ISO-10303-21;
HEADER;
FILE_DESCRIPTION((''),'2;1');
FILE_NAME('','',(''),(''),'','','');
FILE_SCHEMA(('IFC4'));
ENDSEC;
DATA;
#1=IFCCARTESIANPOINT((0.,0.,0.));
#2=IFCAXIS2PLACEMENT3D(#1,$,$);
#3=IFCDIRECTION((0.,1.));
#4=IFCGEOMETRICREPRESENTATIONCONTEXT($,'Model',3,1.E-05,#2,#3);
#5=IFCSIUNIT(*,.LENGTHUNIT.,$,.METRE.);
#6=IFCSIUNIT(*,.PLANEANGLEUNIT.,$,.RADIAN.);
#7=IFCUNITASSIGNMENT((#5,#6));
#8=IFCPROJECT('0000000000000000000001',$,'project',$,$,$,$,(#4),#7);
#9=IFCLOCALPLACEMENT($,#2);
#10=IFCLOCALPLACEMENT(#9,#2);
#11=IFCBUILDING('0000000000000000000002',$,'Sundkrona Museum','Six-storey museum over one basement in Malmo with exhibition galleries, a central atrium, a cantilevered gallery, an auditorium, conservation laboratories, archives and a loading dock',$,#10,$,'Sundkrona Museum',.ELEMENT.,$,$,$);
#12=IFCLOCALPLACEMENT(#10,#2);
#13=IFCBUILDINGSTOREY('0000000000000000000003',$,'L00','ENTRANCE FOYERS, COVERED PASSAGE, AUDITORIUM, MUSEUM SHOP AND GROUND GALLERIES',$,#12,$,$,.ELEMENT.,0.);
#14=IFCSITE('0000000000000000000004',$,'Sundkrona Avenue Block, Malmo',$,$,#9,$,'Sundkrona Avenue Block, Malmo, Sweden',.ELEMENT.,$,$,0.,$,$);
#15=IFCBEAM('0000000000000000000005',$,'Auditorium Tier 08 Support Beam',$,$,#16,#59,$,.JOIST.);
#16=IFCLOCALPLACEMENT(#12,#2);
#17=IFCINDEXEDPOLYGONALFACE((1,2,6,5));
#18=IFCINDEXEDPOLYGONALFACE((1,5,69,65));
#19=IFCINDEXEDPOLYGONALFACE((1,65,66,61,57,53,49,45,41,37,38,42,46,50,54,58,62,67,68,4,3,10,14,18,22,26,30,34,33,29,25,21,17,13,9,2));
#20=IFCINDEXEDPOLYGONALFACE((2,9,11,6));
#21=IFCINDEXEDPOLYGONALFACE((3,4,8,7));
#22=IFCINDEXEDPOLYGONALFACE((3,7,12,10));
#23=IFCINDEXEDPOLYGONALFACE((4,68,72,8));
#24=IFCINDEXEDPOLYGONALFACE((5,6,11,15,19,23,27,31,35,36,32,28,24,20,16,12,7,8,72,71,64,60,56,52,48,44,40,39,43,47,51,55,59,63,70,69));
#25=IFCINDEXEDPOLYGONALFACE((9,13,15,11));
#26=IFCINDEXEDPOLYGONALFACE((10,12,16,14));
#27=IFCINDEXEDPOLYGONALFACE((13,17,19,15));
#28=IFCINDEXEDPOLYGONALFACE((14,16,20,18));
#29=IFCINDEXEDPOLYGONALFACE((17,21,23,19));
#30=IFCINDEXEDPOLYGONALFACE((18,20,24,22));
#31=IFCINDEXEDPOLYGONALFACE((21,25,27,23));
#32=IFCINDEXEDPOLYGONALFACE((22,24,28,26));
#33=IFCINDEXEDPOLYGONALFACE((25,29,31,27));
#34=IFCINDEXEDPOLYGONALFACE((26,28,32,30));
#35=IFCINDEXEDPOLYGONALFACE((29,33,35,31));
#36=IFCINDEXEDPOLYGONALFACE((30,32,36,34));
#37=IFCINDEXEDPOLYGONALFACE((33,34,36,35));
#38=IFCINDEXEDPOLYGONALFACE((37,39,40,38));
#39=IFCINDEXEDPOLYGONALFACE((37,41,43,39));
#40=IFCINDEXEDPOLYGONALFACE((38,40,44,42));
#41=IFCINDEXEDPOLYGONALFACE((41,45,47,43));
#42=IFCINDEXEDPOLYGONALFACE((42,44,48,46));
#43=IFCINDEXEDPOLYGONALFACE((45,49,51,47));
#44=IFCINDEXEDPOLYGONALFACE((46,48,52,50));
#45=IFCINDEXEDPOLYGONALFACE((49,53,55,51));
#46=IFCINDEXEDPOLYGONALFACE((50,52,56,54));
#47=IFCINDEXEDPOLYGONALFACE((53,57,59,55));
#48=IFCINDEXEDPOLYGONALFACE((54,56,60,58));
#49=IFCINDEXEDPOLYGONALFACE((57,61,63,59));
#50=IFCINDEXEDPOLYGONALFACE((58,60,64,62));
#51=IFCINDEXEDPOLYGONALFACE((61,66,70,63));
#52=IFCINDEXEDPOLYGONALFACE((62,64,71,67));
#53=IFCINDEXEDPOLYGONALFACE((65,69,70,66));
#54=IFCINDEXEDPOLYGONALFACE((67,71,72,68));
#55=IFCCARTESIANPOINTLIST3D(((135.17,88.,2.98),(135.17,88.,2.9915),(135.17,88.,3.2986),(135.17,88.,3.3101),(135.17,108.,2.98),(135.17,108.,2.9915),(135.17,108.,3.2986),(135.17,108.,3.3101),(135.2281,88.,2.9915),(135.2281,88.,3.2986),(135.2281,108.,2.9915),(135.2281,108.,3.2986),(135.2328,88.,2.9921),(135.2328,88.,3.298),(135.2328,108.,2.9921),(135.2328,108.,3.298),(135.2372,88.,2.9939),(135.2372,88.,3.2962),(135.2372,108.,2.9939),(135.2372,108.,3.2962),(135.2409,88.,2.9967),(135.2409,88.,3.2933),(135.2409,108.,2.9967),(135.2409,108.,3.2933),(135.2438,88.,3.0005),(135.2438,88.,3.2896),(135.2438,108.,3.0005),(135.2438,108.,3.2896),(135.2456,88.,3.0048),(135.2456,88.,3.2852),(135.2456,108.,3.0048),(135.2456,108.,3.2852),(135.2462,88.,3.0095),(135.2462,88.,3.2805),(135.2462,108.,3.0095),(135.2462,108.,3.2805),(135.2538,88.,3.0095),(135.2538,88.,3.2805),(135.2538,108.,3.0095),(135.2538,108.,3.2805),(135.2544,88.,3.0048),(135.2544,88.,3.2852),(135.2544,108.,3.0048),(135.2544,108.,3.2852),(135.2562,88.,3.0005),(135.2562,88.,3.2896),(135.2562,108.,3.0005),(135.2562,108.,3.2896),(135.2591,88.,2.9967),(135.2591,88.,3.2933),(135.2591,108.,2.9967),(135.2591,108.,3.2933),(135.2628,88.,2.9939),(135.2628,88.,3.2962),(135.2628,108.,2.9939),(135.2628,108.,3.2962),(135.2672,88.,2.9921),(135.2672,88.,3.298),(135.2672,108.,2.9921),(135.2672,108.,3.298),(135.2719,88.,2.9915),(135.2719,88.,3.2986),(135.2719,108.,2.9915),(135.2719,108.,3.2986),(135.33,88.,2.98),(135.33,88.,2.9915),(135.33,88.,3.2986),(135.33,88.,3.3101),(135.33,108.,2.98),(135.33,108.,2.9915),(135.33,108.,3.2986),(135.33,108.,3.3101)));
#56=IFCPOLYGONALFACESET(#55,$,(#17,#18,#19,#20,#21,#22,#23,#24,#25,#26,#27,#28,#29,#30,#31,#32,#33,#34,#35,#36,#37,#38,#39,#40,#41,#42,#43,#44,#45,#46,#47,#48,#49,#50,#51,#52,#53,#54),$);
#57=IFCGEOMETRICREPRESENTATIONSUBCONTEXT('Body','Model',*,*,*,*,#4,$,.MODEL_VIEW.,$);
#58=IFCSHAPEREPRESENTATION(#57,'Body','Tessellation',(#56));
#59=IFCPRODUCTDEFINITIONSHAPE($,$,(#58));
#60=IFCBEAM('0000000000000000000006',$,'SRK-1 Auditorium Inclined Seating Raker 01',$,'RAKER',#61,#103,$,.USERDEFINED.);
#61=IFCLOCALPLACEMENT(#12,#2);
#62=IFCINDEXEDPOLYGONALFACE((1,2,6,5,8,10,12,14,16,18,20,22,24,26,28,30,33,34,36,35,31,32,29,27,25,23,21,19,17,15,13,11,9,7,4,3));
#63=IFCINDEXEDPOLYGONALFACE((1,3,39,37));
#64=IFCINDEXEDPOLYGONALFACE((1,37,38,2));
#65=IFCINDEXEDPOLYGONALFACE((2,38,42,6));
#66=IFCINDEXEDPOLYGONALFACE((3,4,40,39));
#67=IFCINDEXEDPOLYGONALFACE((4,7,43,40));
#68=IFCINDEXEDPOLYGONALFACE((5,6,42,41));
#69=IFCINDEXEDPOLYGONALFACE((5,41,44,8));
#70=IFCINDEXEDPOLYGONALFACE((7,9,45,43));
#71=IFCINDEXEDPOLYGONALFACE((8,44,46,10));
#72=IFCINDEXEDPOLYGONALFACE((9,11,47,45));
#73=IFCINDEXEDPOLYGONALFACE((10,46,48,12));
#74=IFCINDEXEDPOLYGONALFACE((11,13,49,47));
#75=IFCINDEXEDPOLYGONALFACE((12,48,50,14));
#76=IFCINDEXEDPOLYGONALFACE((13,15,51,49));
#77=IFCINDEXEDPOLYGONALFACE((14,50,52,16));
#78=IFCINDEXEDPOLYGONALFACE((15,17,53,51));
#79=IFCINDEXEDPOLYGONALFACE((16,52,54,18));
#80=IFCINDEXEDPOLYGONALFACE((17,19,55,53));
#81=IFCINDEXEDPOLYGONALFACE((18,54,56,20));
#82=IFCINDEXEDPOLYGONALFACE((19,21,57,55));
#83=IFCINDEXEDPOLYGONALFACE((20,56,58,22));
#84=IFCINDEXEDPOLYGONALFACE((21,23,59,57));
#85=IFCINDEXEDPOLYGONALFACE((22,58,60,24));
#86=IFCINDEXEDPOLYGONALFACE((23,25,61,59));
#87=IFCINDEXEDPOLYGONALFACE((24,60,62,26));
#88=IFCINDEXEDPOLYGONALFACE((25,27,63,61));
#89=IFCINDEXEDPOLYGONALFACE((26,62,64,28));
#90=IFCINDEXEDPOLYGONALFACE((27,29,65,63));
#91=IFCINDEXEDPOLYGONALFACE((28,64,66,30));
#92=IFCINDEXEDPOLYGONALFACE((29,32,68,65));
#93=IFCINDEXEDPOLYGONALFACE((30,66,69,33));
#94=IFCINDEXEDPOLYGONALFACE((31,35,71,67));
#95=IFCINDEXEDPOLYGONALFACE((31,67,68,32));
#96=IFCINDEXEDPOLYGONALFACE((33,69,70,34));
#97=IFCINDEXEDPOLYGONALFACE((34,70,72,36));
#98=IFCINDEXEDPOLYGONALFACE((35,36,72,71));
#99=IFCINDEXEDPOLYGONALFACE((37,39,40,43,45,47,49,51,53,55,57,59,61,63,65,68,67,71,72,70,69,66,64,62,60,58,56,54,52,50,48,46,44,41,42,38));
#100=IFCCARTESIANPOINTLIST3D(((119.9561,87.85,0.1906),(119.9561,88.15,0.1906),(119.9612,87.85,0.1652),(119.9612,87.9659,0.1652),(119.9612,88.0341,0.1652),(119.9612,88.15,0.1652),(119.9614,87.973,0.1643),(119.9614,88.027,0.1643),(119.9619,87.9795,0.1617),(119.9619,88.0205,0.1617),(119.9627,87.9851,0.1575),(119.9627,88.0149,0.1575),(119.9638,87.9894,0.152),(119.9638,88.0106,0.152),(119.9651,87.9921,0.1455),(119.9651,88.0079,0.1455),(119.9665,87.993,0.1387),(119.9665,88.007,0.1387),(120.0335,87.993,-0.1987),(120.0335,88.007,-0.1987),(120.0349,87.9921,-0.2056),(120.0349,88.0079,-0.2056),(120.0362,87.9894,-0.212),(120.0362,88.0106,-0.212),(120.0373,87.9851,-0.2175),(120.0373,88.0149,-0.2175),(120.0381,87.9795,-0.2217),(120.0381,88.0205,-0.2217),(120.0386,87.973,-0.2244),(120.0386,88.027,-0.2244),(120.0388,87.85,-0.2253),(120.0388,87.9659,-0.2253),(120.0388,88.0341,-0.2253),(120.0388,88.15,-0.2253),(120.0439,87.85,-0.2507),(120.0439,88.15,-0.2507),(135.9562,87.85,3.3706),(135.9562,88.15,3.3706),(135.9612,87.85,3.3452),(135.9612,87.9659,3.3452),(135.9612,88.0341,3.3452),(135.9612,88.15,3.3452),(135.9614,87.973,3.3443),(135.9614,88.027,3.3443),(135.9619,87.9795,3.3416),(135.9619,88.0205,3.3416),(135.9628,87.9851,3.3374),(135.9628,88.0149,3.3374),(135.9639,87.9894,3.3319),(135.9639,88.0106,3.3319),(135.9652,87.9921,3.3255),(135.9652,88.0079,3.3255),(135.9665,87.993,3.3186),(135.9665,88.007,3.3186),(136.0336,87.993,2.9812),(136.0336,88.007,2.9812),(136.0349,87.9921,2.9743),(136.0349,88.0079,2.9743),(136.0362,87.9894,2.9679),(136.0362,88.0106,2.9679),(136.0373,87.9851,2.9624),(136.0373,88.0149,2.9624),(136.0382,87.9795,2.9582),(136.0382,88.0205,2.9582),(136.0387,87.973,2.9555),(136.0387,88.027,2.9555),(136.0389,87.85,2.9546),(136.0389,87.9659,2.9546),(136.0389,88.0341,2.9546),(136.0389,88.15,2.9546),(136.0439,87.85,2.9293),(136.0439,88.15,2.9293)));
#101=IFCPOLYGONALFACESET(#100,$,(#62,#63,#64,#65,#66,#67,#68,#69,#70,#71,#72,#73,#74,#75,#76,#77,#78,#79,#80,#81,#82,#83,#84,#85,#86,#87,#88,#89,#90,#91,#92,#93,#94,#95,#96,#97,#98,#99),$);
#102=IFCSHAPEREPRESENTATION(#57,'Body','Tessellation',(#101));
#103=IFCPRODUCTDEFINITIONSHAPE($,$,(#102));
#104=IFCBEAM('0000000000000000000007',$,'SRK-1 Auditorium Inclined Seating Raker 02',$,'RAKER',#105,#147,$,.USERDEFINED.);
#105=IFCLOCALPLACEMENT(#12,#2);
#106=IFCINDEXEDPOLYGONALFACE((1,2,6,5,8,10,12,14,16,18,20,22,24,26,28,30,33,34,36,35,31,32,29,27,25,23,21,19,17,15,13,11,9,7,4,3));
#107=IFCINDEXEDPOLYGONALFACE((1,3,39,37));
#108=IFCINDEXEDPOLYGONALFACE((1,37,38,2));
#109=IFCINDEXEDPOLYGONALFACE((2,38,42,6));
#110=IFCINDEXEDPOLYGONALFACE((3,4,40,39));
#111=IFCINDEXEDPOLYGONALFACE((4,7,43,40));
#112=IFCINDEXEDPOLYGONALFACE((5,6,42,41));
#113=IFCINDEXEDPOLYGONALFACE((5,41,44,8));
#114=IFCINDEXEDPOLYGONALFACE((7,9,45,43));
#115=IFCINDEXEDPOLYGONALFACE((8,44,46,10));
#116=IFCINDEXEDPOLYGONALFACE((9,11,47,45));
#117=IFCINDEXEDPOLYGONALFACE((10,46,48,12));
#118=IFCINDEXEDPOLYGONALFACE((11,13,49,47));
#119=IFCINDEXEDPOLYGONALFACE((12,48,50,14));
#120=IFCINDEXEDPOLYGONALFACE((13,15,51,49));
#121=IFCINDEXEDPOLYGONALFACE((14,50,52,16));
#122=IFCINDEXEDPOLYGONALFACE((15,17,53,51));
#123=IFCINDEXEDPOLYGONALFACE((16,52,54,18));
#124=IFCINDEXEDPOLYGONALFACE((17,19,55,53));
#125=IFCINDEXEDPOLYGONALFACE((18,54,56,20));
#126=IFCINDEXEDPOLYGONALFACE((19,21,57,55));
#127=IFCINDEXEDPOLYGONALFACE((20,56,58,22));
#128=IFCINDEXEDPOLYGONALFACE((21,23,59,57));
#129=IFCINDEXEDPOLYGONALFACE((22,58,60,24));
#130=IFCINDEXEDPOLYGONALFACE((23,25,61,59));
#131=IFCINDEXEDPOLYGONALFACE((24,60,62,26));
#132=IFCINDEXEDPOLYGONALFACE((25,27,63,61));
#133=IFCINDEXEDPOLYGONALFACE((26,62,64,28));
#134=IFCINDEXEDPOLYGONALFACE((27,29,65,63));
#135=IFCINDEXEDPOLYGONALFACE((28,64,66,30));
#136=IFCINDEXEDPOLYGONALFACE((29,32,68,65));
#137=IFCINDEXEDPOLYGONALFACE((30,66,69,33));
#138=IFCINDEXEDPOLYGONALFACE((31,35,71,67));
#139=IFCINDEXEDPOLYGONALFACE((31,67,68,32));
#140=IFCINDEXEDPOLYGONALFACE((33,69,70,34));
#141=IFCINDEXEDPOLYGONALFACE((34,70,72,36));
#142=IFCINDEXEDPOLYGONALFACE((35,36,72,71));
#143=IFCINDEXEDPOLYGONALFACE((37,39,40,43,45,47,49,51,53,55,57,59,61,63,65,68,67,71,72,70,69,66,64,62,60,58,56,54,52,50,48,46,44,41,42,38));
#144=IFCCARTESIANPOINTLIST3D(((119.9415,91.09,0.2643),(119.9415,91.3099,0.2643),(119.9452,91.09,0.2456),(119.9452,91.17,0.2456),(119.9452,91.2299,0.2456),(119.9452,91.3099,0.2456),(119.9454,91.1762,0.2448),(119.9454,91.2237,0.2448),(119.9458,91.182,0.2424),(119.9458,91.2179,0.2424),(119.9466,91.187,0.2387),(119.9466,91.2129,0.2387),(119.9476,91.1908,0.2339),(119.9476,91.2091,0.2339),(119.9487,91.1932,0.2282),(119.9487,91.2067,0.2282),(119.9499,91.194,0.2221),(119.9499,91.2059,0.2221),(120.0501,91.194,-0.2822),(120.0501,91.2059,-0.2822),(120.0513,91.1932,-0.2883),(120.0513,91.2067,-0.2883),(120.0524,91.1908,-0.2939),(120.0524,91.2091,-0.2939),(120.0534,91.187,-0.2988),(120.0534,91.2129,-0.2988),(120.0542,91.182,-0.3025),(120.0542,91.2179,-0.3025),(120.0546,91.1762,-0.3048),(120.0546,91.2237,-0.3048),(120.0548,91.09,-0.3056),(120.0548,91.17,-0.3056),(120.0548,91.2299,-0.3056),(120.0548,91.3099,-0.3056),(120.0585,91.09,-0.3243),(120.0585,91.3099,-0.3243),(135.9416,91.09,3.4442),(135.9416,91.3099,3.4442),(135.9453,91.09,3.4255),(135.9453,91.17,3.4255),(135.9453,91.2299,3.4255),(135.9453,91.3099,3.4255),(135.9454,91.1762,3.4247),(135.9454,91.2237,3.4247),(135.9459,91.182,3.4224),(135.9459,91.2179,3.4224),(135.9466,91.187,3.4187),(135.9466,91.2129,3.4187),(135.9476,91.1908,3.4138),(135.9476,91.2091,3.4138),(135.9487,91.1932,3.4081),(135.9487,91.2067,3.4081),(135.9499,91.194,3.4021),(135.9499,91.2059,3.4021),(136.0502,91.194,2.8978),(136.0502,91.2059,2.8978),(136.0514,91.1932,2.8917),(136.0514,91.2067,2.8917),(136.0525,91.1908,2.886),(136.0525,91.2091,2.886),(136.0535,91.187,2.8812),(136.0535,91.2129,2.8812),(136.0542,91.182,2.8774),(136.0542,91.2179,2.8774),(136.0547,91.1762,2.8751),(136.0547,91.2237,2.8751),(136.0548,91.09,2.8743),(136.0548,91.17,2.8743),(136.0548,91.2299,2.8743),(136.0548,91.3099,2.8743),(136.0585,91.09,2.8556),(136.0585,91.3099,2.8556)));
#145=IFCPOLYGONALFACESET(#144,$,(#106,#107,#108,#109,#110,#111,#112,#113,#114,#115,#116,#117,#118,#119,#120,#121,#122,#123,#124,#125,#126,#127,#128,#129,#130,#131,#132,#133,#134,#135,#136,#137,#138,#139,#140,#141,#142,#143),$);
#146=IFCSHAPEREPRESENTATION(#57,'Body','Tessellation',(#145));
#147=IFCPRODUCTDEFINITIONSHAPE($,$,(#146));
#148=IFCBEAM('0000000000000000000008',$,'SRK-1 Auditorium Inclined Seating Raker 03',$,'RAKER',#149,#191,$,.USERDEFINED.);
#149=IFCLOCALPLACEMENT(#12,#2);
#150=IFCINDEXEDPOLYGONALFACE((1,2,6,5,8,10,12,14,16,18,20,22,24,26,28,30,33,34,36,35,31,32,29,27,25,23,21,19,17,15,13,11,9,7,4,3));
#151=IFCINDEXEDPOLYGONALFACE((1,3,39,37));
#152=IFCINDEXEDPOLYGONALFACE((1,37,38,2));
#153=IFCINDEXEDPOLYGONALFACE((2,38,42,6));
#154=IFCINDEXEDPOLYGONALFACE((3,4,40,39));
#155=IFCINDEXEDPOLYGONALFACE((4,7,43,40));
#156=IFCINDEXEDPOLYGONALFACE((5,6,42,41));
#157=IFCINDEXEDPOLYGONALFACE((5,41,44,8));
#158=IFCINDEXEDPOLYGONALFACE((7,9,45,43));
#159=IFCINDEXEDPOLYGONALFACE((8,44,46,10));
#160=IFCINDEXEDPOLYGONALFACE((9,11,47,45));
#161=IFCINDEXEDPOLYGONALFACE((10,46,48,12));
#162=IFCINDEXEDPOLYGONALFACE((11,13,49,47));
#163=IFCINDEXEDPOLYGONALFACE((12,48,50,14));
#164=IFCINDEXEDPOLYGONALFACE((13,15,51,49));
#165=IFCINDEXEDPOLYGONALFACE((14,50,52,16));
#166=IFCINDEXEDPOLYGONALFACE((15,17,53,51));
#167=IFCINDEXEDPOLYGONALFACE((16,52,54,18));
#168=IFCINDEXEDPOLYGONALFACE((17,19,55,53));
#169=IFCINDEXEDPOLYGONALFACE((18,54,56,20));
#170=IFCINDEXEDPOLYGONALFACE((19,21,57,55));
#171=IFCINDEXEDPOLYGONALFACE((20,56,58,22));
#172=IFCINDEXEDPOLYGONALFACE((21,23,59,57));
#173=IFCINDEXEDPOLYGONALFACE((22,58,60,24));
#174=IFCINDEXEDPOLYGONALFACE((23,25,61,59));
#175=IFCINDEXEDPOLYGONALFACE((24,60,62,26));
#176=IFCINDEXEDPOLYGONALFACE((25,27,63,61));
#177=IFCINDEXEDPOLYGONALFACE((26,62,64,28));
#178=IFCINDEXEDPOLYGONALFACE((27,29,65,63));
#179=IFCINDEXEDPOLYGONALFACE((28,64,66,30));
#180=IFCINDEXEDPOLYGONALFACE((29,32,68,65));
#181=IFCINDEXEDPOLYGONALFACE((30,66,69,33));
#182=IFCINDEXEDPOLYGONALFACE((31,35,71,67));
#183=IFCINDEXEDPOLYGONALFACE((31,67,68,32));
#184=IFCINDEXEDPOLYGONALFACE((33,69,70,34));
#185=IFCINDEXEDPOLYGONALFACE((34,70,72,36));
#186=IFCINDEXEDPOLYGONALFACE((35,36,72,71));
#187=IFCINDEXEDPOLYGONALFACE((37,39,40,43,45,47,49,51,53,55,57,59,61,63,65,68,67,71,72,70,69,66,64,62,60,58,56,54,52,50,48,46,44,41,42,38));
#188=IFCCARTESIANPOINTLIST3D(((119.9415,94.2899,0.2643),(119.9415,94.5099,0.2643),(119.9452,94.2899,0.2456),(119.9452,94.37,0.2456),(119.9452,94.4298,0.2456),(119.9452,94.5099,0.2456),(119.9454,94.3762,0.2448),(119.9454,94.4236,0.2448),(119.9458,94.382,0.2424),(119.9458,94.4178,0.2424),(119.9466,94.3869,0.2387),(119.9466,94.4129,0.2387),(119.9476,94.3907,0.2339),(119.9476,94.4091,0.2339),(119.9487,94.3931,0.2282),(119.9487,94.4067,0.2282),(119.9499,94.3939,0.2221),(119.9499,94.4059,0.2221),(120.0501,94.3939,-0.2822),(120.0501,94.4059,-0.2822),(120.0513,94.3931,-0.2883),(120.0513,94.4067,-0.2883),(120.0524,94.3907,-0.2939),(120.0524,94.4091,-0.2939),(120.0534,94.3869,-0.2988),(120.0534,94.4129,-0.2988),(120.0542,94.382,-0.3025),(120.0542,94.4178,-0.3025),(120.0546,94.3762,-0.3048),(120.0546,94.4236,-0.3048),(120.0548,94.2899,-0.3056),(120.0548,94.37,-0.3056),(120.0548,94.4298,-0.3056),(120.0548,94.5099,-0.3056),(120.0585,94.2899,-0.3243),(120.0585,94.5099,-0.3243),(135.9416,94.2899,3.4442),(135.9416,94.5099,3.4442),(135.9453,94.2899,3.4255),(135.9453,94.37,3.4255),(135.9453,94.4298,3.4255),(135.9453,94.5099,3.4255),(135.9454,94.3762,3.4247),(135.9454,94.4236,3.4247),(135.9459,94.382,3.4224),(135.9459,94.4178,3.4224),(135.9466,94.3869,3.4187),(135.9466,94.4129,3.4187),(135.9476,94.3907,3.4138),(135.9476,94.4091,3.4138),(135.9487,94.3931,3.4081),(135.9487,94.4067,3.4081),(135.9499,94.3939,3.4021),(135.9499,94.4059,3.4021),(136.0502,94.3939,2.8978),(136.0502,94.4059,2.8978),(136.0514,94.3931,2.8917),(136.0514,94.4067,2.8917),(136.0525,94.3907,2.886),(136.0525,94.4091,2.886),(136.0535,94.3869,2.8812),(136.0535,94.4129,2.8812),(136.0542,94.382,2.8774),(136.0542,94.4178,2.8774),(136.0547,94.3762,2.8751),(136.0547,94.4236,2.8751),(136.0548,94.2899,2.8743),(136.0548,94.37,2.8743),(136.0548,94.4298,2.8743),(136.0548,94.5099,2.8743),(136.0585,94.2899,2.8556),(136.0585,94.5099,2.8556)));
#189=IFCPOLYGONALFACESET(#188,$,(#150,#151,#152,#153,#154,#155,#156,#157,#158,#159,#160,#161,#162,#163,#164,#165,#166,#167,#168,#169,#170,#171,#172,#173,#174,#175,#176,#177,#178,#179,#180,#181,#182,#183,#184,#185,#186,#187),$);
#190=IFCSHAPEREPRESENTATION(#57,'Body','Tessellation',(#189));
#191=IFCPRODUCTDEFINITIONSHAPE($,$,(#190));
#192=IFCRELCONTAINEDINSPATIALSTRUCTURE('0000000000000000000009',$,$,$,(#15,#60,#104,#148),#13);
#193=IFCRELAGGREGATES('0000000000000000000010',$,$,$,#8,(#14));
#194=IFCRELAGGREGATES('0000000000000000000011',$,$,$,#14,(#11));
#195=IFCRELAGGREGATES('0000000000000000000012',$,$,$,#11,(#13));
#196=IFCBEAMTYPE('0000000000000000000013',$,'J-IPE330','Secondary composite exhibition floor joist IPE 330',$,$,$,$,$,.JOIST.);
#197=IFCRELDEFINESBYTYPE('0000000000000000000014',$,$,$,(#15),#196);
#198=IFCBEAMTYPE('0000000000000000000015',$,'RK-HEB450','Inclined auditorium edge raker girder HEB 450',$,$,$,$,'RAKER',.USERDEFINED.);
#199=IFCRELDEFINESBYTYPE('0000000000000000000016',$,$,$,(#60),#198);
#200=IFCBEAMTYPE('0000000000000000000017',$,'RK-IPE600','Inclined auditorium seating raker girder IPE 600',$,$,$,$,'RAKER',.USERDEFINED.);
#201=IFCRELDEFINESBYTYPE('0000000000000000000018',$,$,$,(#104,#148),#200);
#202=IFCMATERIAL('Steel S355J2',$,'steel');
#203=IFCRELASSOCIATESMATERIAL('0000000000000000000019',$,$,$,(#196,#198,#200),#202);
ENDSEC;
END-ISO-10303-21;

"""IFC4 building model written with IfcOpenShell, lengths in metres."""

from ifc_helpers import new_model, si_unit, direction, frame, origin, origin_2d, place, context, subcontext, project, spatial, i_section, extrude, material, material_profile, profile_set, type_object, element, save


model = new_model("IFC4")

# Units and contexts
model_context = context("Model", 3, precision=1e-05, world=origin(), true_north=direction((0.0, 1.0)))
body_context = subcontext(model_context, "Body", "Model", "MODEL_VIEW")
ifc_project = project(units=[si_unit("LENGTHUNIT", "METRE"), si_unit("PLANEANGLEUNIT", "RADIAN")], contexts=[model_context])

# Site, building, storey
site_placement = place(None, origin())
site = spatial("IfcSite", under=ifc_project, at=site_placement, Name="Sundkrona Avenue Block, Malmo", LongName="Sundkrona Avenue Block, Malmo, Sweden", CompositionType="ELEMENT", RefElevation=0.0)
building_placement = place(site_placement, origin())
building = spatial("IfcBuilding", under=site, at=building_placement, Name="Sundkrona Museum", Description="Six-storey museum over one basement in Malmo with exhibition galleries, a central atrium, a cantilevered gallery, an auditorium, conservation laboratories, archives and a loading dock", LongName="Sundkrona Museum", CompositionType="ELEMENT")
storey_placement = place(building_placement, origin())
storey = spatial("IfcBuildingStorey", under=building, at=storey_placement, Name="L00", Description="ENTRANCE FOYERS, COVERED PASSAGE, AUDITORIUM, MUSEUM SHOP AND GROUND GALLERIES", CompositionType="ELEMENT", Elevation=0.0)

# Shared definitions
ifc_material_1 = material(Name="Steel S355J2", Category="steel")

# Beams
ifc_material_profile_1 = material_profile(ifc_material_1, i_section(OverallWidth=0.1599, OverallDepth=0.3301, WebThickness=0.0076, FlangeThickness=0.0115, FilletRadius=0.0181, at=origin_2d()), Name="IPE 330")
ifc_profile_set_1 = profile_set([ifc_material_profile_1], Name="Steel S355J2")
beam_type_1 = type_object("IfcBeamType", Name="J-IPE330", Description="Secondary composite exhibition floor joist IPE 330", PredefinedType="JOIST", material=ifc_profile_set_1)
for number, where, z_axis, x_axis, name in (
    (1, (135.25, 88.0, 3.145), (0.0, 1.0, 0.0), (-1.0, 0.0, 0.0), "Auditorium Tier 08 Support Beam"),
):
    element("IfcBeam", number, at=place(storey_placement, frame(where, z_axis=z_axis, x_axis=x_axis)), inside=storey, type_object=beam_type_1, Name=name, PredefinedType="JOIST", context=body_context, shape_type="SweptSolid", body=[
        extrude(i_section(OverallWidth=0.1599, OverallDepth=0.3301, WebThickness=0.0076, FlangeThickness=0.0115, FilletRadius=0.0181, at=origin_2d()), origin(), (0.0, 0.0, 1.0), 20.0),
    ])
ifc_material_profile_2 = material_profile(ifc_material_1, i_section(OverallWidth=0.3, OverallDepth=0.45, WebThickness=0.0139, FlangeThickness=0.0259, FilletRadius=0.0271, at=origin_2d()), Name="HEB 450")
ifc_profile_set_2 = profile_set([ifc_material_profile_2], Name="Steel S355J2")
beam_type_2 = type_object("IfcBeamType", Name="RK-HEB450", Description="Inclined auditorium edge raker girder HEB 450", ElementType="RAKER", PredefinedType="USERDEFINED", material=ifc_profile_set_2)
beam_1_placement = place(storey_placement, frame((120.0, 88.0, -0.03), z_axis=(0.980817, 0.0, 0.194933), x_axis=(0.0, 1.0, 0.0)))
element("IfcBeam", 2, at=beam_1_placement, inside=storey, type_object=beam_type_2, Name="SRK-1 Auditorium Inclined Seating Raker 01", ObjectType="RAKER", PredefinedType="USERDEFINED", context=body_context, shape_type="SweptSolid", body=[
    extrude(i_section(OverallWidth=0.3, OverallDepth=0.45, WebThickness=0.0139, FlangeThickness=0.0259, FilletRadius=0.0271, at=origin_2d()), origin(), (0.0, 0.0, 1.0), 16.313),
])
ifc_material_profile_3 = material_profile(ifc_material_1, i_section(OverallWidth=0.22, OverallDepth=0.6001, WebThickness=0.012, FlangeThickness=0.019, FilletRadius=0.0239, at=origin_2d()), Name="IPE 600")
ifc_profile_set_3 = profile_set([ifc_material_profile_3], Name="Steel S355J2")
beam_type_3 = type_object("IfcBeamType", Name="RK-IPE600", Description="Inclined auditorium seating raker girder IPE 600", ElementType="RAKER", PredefinedType="USERDEFINED", material=ifc_profile_set_3)
for number, where, z_axis, x_axis, name in (
    (3, (120.0, 91.2, -0.03), (0.980817, 0.0, 0.194933), (0.0, 1.0, 0.0), "SRK-1 Auditorium Inclined Seating Raker 02"),
    (4, (120.0, 94.3999, -0.03), (0.980817, 0.0, 0.194933), (0.0, 1.0, 0.0), "SRK-1 Auditorium Inclined Seating Raker 03"),
):
    element("IfcBeam", number, at=place(storey_placement, frame(where, z_axis=z_axis, x_axis=x_axis)), inside=storey, type_object=beam_type_3, Name=name, ObjectType="RAKER", PredefinedType="USERDEFINED", context=body_context, shape_type="SweptSolid", body=[
        extrude(i_section(OverallWidth=0.22, OverallDepth=0.6001, WebThickness=0.012, FlangeThickness=0.019, FilletRadius=0.0239, at=origin_2d()), origin(), (0.0, 0.0, 1.0), 16.313),
    ])

save(model, "model.ifc")
